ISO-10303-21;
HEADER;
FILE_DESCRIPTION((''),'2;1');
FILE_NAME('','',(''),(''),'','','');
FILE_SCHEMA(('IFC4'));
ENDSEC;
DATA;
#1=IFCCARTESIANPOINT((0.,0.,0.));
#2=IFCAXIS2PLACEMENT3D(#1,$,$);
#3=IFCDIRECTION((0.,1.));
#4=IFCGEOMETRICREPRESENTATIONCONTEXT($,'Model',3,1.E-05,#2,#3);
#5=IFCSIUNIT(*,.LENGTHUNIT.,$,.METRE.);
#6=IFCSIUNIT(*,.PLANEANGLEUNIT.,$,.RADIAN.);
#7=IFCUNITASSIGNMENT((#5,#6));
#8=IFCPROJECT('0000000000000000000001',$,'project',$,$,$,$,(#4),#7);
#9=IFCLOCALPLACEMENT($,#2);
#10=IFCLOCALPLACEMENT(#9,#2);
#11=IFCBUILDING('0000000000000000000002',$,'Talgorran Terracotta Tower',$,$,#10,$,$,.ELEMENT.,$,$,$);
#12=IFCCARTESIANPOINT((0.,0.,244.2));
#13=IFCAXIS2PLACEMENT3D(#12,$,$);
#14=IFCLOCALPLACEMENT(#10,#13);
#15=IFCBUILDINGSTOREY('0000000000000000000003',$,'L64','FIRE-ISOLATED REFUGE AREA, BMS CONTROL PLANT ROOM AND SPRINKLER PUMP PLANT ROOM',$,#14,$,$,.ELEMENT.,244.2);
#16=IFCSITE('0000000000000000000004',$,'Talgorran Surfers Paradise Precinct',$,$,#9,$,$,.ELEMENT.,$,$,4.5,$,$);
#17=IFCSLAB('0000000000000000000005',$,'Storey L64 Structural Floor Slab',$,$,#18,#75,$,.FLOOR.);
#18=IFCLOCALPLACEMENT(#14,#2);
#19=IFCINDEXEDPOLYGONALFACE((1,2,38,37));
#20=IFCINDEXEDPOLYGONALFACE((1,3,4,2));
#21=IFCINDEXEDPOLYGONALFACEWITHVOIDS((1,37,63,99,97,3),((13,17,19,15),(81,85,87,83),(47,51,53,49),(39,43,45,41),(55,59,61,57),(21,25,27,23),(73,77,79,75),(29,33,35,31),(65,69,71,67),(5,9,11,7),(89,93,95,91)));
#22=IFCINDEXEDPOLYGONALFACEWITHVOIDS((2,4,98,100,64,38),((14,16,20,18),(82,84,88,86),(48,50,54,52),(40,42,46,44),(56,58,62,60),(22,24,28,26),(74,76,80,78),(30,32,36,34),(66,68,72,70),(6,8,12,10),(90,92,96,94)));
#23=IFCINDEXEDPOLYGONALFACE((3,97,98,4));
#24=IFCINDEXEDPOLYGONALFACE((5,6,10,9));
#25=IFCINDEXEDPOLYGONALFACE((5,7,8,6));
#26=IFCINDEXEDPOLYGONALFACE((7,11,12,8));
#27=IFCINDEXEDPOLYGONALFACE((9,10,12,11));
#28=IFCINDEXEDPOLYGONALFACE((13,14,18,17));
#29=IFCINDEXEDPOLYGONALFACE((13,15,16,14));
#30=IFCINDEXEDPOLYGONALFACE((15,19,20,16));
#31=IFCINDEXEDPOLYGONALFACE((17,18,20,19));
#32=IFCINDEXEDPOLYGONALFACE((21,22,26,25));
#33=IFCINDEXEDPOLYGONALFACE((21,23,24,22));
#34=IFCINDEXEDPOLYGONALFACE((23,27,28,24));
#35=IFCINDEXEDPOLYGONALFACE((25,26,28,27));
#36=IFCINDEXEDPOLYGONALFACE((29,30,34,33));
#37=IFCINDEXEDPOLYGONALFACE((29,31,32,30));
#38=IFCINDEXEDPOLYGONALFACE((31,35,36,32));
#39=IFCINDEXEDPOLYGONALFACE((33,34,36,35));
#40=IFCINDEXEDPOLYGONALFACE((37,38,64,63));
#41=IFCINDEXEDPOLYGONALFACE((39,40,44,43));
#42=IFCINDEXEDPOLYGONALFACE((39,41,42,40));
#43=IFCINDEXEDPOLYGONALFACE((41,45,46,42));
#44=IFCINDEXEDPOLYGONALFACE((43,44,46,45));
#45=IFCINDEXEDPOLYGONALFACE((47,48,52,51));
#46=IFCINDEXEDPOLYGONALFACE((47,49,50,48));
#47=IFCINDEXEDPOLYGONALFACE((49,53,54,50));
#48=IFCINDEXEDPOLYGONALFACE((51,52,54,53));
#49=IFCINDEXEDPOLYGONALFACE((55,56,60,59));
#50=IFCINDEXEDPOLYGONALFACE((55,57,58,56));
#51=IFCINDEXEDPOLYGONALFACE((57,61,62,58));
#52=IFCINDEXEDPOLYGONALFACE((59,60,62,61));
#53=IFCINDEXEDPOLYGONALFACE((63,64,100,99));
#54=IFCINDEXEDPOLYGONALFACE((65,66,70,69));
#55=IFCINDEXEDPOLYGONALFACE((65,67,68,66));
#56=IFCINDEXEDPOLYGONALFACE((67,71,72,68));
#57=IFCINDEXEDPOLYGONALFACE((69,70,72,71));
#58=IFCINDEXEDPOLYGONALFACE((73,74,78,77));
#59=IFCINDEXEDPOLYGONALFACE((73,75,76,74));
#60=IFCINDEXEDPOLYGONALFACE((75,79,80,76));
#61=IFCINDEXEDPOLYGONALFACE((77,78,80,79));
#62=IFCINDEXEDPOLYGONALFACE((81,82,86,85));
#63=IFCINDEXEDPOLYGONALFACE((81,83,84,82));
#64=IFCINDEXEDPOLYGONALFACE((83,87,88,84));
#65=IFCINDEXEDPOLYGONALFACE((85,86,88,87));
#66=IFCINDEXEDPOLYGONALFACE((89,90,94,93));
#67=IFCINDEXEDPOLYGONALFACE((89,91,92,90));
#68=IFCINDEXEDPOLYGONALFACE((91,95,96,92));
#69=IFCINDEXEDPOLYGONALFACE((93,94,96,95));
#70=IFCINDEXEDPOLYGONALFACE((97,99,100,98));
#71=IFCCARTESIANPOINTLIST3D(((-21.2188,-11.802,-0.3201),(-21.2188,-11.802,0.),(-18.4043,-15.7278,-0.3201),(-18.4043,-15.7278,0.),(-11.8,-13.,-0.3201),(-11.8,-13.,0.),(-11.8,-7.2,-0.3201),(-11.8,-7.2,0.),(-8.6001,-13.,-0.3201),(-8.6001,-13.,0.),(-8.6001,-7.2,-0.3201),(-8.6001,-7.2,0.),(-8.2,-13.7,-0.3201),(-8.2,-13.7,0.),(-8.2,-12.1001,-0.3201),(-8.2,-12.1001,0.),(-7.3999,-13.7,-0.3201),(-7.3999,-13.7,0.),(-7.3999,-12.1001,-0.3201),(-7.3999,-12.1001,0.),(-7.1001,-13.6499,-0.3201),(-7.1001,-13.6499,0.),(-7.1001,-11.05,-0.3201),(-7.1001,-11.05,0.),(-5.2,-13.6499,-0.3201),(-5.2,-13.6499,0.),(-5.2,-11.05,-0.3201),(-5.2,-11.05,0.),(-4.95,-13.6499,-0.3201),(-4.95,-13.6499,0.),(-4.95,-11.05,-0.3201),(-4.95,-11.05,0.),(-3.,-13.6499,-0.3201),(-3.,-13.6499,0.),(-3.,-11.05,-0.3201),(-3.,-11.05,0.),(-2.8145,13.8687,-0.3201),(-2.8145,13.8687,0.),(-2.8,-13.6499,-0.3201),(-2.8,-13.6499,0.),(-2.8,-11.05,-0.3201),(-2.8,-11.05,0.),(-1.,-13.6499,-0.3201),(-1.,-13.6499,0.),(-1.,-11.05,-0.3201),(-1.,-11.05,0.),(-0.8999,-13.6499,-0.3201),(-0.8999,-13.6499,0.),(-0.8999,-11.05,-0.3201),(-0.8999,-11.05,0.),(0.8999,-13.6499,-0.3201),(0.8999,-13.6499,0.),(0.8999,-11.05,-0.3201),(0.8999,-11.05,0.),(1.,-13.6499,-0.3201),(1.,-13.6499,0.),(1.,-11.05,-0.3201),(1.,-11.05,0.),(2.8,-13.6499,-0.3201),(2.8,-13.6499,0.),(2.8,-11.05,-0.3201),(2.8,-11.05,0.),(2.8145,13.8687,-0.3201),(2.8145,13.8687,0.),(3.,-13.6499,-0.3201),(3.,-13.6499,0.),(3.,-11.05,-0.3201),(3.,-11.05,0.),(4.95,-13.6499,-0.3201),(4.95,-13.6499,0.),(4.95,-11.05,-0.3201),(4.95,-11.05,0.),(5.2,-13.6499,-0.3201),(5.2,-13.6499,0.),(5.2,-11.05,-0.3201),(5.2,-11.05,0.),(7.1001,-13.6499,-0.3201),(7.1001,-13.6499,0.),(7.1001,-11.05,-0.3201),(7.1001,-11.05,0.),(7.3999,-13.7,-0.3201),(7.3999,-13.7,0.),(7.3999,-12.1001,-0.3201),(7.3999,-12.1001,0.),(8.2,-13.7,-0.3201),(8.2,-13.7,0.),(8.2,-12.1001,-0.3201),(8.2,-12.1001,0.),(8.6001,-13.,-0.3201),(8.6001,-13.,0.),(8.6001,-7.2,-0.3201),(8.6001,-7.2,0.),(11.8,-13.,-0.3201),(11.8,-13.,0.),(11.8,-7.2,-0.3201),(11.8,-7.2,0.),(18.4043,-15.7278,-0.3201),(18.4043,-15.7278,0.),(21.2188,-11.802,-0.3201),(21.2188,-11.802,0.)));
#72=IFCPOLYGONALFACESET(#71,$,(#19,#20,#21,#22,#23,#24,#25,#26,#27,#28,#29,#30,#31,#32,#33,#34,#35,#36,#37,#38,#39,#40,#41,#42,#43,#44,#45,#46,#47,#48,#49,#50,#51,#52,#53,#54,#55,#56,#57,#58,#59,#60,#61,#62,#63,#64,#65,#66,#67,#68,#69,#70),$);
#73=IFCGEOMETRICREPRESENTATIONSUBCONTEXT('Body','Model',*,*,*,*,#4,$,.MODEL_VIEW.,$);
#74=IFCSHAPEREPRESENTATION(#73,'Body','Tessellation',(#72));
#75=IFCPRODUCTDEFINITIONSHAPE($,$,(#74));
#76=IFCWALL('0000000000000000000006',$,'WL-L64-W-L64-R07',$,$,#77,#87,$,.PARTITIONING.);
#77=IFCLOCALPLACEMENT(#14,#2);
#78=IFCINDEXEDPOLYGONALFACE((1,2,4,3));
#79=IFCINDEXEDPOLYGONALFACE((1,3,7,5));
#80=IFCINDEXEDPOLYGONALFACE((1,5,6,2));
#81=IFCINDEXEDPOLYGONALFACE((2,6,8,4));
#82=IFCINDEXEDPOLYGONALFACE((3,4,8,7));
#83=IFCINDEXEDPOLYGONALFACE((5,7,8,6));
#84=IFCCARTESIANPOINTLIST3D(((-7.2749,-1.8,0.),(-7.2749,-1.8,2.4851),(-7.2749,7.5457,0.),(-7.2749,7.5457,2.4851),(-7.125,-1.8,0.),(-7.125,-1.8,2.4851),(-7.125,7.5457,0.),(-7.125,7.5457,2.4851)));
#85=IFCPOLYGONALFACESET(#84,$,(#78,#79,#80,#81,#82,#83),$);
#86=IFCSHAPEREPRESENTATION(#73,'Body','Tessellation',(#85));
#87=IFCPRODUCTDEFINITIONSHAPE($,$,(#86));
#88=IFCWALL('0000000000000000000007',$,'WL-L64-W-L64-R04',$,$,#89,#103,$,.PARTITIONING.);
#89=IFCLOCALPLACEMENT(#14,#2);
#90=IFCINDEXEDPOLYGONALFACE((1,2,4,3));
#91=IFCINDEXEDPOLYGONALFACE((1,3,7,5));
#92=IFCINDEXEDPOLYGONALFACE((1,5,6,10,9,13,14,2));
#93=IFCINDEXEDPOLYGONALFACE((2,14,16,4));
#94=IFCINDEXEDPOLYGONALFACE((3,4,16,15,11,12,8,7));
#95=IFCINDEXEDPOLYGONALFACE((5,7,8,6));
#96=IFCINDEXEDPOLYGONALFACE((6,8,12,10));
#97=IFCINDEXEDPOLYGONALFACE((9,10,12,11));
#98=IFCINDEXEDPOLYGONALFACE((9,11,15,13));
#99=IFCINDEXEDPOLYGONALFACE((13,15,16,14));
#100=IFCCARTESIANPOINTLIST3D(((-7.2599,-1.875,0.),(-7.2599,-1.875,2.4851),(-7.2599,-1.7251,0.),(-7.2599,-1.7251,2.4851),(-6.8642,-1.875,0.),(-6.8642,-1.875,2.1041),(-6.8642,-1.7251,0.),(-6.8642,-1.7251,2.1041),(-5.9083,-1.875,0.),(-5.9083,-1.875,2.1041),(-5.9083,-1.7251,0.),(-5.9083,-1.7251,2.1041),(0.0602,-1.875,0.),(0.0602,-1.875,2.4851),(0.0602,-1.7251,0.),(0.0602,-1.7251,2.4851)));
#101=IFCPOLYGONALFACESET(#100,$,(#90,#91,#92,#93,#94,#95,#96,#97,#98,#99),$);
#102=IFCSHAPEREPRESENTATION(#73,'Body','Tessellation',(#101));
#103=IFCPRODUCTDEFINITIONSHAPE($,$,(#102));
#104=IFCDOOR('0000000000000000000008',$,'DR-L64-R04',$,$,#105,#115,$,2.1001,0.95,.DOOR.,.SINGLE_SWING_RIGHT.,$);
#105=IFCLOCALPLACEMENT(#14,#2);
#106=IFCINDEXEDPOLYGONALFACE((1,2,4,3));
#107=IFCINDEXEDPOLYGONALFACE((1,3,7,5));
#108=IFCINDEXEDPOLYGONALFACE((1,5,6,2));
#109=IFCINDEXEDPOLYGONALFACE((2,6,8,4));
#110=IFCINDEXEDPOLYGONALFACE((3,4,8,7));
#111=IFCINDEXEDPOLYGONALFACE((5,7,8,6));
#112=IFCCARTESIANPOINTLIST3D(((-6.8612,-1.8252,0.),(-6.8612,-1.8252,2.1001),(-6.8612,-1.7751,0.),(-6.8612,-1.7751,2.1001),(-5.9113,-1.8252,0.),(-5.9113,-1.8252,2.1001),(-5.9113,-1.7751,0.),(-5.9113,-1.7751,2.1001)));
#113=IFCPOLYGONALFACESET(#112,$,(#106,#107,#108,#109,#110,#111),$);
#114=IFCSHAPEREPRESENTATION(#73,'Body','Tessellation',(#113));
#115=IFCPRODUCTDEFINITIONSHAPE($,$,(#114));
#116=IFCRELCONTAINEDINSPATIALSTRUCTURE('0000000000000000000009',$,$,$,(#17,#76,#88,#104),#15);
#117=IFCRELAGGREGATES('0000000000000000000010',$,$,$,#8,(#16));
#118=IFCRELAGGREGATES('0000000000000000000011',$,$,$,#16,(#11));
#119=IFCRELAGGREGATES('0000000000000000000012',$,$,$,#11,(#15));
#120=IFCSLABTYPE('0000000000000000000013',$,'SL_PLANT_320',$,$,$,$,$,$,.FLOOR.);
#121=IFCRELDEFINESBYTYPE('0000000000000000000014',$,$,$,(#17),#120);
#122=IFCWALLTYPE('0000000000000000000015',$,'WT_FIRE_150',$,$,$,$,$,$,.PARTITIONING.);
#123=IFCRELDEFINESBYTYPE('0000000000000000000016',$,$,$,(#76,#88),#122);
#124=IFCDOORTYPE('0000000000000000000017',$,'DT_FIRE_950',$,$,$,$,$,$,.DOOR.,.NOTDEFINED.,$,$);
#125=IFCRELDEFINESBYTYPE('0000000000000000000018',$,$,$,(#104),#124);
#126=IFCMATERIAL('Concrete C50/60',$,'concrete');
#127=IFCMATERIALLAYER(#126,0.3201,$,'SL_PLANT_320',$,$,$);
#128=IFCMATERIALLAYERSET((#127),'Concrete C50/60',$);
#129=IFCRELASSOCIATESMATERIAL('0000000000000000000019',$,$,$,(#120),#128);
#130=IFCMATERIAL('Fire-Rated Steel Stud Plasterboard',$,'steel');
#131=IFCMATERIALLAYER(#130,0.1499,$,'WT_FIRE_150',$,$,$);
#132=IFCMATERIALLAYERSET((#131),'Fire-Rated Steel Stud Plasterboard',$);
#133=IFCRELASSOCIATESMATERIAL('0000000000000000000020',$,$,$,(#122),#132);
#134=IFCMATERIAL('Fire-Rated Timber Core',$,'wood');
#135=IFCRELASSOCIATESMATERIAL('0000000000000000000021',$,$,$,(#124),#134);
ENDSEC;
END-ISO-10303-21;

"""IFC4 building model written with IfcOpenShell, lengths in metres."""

from ifc_helpers import new_model, si_unit, direction, frame, frame_2d, origin, place, context, subcontext, project, spatial, polyline, rectangle, outline, extrude, material, layer, layer_set, type_object, element, fill, save


model = new_model("IFC4")

# Units and contexts
model_context = context("Model", 3, precision=1e-05, world=origin(), true_north=direction((0.0, 1.0)))
body_context = subcontext(model_context, "Body", "Model", "MODEL_VIEW")
ifc_project = project(units=[si_unit("LENGTHUNIT", "METRE"), si_unit("PLANEANGLEUNIT", "RADIAN")], contexts=[model_context])

# Site, building, storey
site_placement = place(None, origin())
site = spatial("IfcSite", under=ifc_project, at=site_placement, Name="Talgorran Surfers Paradise Precinct", CompositionType="ELEMENT", RefElevation=4.5)
building_placement = place(site_placement, origin())
building = spatial("IfcBuilding", under=site, at=building_placement, Name="Talgorran Terracotta Tower", CompositionType="ELEMENT")
storey_placement = place(building_placement, frame((0.0, 0.0, 244.2)))
storey = spatial("IfcBuildingStorey", under=building, at=storey_placement, Name="L64", Description="FIRE-ISOLATED REFUGE AREA, BMS CONTROL PLANT ROOM AND SPRINKLER PUMP PLANT ROOM", CompositionType="ELEMENT", Elevation=244.2)

# Slab
ifc_material_1 = material(Name="Concrete C50/60", Category="concrete")
ifc_layer_1 = layer(ifc_material_1, 0.3201, Name="SL_PLANT_320")
ifc_layer_set_1 = layer_set([ifc_layer_1], Name="Concrete C50/60")
slab_type = type_object("IfcSlabType", Name="SL_PLANT_320", PredefinedType="FLOOR", material=ifc_layer_set_1)
slab_placement = place(storey_placement, frame((0.0, 0.0, -0.3201)))
element("IfcSlab", 1, at=slab_placement, inside=storey, type_object=slab_type, Name="Storey L64 Structural Floor Slab", PredefinedType="FLOOR", context=body_context, shape_type="SweptSolid", body=[
    extrude(outline(polyline([(-21.2188, -11.802), (-18.4043, -15.7278), (18.4043, -15.7278), (21.2188, -11.802), (2.8145, 13.8687), (-2.8145, 13.8687), (-21.2188, -11.802)]), holes=[polyline([(-11.8, -7.2), (-11.8, -13.0), (-8.6001, -13.0), (-8.6001, -7.2), (-11.8, -7.2)]), polyline([(8.6001, -7.2), (8.6001, -13.0), (11.8, -13.0), (11.8, -7.2), (8.6001, -7.2)]), polyline([(-7.1001, -13.6499), (-5.2, -13.6499), (-5.2, -11.05), (-7.1001, -11.05), (-7.1001, -13.6499)]), polyline([(5.2, -13.6499), (7.1001, -13.6499), (7.1001, -11.05), (5.2, -11.05), (5.2, -13.6499)]), polyline([(3.0, -13.6499), (4.95, -13.6499), (4.95, -11.05), (3.0, -11.05), (3.0, -13.6499)]), polyline([(-4.95, -13.6499), (-3.0, -13.6499), (-3.0, -11.05), (-4.95, -11.05), (-4.95, -13.6499)]), polyline([(-2.8, -13.6499), (-1.0, -13.6499), (-1.0, -11.05), (-2.8, -11.05), (-2.8, -13.6499)]), polyline([(-0.8999, -13.6499), (0.8999, -13.6499), (0.8999, -11.05), (-0.8999, -11.05), (-0.8999, -13.6499)]), polyline([(1.0, -13.6499), (2.8, -13.6499), (2.8, -11.05), (1.0, -11.05), (1.0, -13.6499)]), polyline([(-8.2, -13.7), (-7.3999, -13.7), (-7.3999, -12.1001), (-8.2, -12.1001), (-8.2, -13.7)]), polyline([(7.3999, -13.7), (8.2, -13.7), (8.2, -12.1001), (7.3999, -12.1001), (7.3999, -13.7)])]), origin(), (0.0, 0.0, 1.0), 0.3201),
])

# Wall
ifc_material_2 = material(Name="Fire-Rated Steel Stud Plasterboard", Category="steel")
ifc_layer_2 = layer(ifc_material_2, 0.1499, Name="WT_FIRE_150")
ifc_layer_set_2 = layer_set([ifc_layer_2], Name="Fire-Rated Steel Stud Plasterboard")
wall_type = type_object("IfcWallType", Name="WT_FIRE_150", PredefinedType="PARTITIONING", material=ifc_layer_set_2)
wall_1_placement = place(storey_placement, frame((-7.2, -1.8, 0.0), z_axis=(0.0, 0.0, 1.0), x_axis=(0.0, 1.0, 0.0)))
element("IfcWall", 2, at=wall_1_placement, inside=storey, type_object=wall_type, Name="WL-L64-W-L64-R07", PredefinedType="PARTITIONING", context=body_context, shape_type="SweptSolid", body=[
    extrude(rectangle(XDim=9.3457, YDim=0.1499, at=frame_2d((4.6729, 0.0))), origin(), (0.0, 0.0, 1.0), 2.4851),
])

# Wall, opening, door
wall_2_placement = place(storey_placement, frame((-7.26, -1.8, 0.0), z_axis=(0.0, 0.0, 1.0), x_axis=(1.0, 0.0, 0.0)))
wall_2 = element("IfcWall", 3, at=wall_2_placement, inside=storey, type_object=wall_type, Name="WL-L64-W-L64-R04", PredefinedType="PARTITIONING", context=body_context, shape_type="SweptSolid", body=[
    extrude(rectangle(XDim=7.3201, YDim=0.1499, at=frame_2d((3.6602, 0.0))), origin(), (0.0, 0.0, 1.0), 2.4851),
])
opening_placement = place(wall_2_placement, frame((0.3987, 0.0, 0.0)))
opening = element("IfcOpeningElement", 4, at=opening_placement, cuts=wall_2, PredefinedType="OPENING", context=body_context, shape_type="SweptSolid", body=[
    extrude(rectangle(XDim=0.956, YDim=2.1041, at=frame_2d((0.4751, 1.052))), frame((0.0, 0.085, 0.0), z_axis=(0.0, -1.0, 0.0), x_axis=(1.0, 0.0, 0.0)), (0.0, 0.0, 1.0), 0.1699),
])
ifc_material_3 = material(Name="Fire-Rated Timber Core", Category="wood")
door_type = type_object("IfcDoorType", Name="DT_FIRE_950", OperationType="NOTDEFINED", PredefinedType="DOOR", material=ifc_material_3)
door_placement = place(opening_placement, origin())
door = element("IfcDoor", 5, at=door_placement, inside=storey, type_object=door_type, Name="DR-L64-R04", OperationType="SINGLE_SWING_RIGHT", OverallHeight=2.1001, OverallWidth=0.95, PredefinedType="DOOR", context=body_context, shape_type="SweptSolid", body=[
    extrude(rectangle(XDim=0.95, YDim=2.1001, at=frame_2d((0.4751, 1.05))), frame((0.0, 0.0249, 0.0), z_axis=(0.0, -1.0, 0.0), x_axis=(1.0, 0.0, 0.0)), (0.0, 0.0, 1.0), 0.05),
])
fill(opening, door)

save(model, "model.ifc")
